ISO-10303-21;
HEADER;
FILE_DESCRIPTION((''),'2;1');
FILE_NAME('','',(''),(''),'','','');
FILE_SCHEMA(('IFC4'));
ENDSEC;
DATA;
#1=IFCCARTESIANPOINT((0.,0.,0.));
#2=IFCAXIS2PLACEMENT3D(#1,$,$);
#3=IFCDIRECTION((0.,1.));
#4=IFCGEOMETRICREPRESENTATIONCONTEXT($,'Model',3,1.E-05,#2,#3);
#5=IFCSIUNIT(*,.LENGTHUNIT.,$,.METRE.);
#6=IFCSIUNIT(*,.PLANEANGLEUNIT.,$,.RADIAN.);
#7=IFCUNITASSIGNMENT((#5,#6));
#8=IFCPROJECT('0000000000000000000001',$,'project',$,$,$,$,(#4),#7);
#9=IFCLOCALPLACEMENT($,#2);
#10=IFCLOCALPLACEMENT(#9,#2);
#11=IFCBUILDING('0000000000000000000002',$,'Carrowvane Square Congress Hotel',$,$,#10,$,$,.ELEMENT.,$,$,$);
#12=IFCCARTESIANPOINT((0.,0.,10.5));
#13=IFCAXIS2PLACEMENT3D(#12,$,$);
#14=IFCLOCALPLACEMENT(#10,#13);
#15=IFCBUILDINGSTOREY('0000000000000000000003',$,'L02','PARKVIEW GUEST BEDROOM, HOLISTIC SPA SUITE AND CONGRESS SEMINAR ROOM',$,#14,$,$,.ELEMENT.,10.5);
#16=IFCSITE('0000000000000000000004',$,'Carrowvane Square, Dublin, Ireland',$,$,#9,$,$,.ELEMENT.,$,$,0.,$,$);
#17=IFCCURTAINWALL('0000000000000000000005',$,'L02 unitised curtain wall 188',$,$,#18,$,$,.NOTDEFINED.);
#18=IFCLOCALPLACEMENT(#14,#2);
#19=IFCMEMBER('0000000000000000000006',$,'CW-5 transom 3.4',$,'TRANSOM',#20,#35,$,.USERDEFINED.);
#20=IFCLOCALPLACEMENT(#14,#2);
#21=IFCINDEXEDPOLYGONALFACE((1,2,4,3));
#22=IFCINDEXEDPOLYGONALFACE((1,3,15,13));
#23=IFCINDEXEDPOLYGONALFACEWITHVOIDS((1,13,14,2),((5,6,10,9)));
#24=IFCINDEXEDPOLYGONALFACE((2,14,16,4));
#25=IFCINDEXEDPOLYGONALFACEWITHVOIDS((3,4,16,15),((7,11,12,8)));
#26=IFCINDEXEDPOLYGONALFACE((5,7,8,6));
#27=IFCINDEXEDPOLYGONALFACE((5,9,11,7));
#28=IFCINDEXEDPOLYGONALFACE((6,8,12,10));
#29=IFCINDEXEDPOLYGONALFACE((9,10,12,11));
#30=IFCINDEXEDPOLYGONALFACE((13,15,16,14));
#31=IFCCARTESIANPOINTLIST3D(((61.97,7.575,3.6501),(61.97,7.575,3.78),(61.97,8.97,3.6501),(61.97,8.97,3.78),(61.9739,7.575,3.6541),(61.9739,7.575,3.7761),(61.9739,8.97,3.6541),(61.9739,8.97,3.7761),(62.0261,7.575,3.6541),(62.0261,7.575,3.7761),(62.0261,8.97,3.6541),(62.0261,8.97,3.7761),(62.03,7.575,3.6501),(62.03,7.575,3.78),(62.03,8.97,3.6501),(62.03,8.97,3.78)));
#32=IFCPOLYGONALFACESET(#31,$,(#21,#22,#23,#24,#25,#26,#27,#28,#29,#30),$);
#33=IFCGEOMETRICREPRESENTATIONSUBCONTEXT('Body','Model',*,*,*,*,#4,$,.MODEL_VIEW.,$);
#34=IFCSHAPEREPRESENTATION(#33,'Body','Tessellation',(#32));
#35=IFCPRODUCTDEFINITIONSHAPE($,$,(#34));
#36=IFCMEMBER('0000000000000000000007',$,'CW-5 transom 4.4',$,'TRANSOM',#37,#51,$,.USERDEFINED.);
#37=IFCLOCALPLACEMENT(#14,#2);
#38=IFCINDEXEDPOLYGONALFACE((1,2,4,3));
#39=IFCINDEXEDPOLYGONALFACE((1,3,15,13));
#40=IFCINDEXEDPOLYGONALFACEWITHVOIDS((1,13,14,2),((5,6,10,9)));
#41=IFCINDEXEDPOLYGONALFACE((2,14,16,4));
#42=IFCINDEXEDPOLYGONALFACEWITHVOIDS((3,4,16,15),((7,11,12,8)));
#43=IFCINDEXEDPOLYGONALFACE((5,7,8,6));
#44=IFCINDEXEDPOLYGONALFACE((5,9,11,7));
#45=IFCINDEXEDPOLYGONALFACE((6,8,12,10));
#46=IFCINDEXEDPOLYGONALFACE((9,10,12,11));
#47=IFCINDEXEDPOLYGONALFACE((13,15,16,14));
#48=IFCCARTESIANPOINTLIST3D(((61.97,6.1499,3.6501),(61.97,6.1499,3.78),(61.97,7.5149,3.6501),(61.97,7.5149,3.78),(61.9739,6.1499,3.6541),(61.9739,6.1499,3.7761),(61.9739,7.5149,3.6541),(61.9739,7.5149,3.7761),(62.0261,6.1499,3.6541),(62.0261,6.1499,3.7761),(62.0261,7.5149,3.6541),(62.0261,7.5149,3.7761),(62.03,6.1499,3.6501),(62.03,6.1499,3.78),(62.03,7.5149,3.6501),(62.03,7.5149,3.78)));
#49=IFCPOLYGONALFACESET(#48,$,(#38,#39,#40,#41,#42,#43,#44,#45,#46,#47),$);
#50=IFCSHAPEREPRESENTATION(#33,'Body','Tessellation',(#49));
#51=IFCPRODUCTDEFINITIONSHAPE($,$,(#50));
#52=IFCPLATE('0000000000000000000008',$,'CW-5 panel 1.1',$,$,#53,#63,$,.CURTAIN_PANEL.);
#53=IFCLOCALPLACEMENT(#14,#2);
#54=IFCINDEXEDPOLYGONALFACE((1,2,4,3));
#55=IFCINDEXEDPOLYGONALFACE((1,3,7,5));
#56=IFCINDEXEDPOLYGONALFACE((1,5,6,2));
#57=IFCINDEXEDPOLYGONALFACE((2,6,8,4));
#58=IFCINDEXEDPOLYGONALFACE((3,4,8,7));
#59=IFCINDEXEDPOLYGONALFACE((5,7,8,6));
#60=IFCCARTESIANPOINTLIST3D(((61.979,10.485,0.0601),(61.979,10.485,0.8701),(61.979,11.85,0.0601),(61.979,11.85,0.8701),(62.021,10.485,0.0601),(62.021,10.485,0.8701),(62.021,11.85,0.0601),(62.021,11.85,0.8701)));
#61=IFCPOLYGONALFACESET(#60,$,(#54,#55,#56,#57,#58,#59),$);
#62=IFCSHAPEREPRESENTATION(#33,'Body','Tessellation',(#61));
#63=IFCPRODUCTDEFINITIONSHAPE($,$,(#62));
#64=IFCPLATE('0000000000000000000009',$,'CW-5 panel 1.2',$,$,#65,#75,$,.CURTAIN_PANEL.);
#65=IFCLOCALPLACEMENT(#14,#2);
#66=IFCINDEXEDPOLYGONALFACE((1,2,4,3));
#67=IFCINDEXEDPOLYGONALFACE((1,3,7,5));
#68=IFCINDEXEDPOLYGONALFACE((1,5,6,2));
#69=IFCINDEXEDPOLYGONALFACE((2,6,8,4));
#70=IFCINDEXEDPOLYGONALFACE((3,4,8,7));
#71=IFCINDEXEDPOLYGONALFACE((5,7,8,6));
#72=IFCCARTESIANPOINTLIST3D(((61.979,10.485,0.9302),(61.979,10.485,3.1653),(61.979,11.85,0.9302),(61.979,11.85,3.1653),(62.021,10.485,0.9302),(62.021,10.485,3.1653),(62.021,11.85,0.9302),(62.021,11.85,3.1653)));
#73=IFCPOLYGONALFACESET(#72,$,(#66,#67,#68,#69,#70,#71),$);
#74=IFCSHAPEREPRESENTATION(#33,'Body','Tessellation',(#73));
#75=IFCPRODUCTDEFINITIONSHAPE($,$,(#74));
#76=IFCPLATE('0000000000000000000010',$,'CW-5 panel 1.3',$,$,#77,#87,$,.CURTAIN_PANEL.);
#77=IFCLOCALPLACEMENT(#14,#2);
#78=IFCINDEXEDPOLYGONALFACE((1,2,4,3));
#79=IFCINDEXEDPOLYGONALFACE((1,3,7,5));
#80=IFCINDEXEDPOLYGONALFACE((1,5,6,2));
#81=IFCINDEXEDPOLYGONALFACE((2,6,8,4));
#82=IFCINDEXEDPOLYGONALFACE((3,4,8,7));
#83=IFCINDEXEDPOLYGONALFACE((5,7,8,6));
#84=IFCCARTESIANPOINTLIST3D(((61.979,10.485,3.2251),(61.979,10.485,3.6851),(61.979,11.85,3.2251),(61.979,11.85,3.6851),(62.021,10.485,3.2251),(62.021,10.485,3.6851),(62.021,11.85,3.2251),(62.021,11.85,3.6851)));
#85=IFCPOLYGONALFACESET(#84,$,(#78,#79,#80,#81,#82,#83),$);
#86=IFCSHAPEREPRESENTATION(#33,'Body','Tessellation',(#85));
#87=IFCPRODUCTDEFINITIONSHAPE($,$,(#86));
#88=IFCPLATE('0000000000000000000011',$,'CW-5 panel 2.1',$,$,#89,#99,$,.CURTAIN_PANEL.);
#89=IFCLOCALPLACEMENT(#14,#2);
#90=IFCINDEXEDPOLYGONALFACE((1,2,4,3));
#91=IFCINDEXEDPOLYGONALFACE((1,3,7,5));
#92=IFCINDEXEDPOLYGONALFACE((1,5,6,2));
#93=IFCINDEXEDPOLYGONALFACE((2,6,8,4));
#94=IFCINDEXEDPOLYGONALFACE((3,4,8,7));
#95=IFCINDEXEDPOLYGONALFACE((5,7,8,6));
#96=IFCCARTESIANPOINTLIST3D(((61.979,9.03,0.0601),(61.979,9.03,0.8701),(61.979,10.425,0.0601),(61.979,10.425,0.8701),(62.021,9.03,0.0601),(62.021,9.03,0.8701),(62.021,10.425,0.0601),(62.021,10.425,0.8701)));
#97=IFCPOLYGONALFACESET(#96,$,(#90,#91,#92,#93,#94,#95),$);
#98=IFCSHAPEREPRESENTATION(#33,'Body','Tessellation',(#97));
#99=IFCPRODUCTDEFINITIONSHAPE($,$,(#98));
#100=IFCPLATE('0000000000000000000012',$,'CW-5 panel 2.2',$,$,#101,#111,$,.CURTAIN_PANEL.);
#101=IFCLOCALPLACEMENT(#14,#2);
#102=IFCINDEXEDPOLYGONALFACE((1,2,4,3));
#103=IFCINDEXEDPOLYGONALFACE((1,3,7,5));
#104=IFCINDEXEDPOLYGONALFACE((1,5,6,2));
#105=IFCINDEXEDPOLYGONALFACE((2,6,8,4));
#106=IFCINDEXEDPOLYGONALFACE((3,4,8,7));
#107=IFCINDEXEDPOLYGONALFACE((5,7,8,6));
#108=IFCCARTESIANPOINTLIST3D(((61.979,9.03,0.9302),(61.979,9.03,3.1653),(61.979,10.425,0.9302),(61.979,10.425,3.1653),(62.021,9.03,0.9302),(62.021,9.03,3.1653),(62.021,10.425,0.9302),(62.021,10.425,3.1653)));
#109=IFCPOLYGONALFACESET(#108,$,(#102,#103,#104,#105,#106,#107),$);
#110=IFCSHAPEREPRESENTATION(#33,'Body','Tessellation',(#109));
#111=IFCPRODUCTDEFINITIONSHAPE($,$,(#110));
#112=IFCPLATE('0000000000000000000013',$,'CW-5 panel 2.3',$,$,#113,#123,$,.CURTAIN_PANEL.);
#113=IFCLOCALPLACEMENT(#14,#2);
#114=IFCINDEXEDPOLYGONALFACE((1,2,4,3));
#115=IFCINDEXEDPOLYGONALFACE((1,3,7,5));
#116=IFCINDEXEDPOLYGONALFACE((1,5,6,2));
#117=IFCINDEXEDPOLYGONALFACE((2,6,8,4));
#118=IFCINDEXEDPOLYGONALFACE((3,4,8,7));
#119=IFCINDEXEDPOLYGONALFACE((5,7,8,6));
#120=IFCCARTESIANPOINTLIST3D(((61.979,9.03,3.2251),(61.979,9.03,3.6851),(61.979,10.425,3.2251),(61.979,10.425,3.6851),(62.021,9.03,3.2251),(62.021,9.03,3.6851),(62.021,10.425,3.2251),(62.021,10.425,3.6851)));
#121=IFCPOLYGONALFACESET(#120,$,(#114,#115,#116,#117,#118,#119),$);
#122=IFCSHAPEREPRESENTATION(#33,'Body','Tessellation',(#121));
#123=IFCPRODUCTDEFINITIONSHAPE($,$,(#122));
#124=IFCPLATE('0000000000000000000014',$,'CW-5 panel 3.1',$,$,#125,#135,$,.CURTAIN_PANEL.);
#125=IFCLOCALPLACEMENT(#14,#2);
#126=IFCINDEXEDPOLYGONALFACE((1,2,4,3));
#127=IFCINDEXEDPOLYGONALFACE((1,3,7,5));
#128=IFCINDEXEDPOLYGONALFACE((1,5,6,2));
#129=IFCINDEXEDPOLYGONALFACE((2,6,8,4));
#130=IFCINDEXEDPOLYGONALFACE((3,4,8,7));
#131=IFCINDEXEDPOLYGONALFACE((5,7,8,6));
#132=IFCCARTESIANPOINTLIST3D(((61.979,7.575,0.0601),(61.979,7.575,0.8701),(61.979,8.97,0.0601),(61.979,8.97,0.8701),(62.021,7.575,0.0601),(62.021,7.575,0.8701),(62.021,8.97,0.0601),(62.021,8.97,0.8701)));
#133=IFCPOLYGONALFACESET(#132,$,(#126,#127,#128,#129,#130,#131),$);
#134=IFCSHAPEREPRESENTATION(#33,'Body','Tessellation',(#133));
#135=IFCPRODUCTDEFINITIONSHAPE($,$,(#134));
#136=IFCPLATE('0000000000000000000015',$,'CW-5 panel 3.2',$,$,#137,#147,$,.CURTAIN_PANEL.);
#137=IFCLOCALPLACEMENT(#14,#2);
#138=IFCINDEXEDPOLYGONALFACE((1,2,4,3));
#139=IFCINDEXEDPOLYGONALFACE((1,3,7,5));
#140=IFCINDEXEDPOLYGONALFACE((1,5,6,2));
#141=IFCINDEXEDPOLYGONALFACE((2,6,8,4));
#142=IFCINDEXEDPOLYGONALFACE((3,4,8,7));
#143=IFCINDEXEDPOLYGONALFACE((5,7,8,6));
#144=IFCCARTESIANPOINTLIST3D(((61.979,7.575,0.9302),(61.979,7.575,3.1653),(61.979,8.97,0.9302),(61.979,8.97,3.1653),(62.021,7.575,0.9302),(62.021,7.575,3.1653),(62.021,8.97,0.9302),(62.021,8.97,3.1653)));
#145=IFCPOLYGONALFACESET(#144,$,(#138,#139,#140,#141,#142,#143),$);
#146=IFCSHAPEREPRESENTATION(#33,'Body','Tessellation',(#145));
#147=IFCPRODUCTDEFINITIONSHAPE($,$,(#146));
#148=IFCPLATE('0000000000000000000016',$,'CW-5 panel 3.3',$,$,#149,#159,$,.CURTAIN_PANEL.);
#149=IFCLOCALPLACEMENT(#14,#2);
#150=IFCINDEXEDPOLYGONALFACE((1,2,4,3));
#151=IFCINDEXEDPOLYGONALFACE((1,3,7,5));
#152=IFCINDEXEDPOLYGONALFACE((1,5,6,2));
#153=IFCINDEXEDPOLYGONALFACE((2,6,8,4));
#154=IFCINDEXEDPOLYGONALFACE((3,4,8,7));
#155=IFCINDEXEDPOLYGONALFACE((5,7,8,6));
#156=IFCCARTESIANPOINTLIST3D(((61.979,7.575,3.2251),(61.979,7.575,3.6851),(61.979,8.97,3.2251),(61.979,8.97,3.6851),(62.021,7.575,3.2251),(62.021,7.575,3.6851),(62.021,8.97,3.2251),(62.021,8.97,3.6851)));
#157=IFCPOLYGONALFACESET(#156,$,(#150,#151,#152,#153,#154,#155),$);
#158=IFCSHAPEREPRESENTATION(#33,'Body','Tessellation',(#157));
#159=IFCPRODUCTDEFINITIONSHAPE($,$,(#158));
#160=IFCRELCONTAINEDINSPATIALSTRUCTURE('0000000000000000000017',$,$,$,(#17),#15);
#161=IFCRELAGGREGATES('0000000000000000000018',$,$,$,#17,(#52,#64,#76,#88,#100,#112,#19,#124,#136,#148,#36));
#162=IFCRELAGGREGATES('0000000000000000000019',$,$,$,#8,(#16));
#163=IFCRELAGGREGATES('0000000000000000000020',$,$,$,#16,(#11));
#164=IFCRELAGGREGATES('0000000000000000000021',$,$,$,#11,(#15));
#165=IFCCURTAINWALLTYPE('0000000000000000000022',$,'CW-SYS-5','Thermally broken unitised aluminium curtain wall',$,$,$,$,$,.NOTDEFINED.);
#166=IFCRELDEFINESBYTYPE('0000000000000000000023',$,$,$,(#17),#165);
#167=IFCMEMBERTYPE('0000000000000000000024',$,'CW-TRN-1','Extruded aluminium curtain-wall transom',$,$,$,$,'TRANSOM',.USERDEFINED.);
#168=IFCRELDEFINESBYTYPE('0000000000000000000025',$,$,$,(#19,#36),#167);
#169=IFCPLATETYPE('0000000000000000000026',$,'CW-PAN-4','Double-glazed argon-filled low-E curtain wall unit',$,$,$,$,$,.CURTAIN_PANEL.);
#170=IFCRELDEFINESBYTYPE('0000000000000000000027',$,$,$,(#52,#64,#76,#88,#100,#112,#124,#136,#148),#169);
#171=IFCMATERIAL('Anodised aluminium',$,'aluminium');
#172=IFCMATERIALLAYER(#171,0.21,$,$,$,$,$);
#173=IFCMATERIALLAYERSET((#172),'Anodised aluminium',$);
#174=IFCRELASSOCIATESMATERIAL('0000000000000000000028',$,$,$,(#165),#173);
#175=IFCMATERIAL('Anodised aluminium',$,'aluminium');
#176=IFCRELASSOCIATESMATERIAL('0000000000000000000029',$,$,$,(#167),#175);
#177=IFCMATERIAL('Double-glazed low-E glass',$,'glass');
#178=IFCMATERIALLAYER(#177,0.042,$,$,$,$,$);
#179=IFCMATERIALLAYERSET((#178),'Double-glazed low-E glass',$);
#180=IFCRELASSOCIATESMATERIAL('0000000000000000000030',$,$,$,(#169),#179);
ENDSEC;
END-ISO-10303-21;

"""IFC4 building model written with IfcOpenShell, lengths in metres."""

from ifc_helpers import new_model, si_unit, direction, frame, origin, origin_2d, place, context, subcontext, project, spatial, rectangle, hollow_rectangle, extrude, material, layer, layer_set, material_profile, profile_set, type_object, element, aggregate, save


model = new_model("IFC4")

# Units and contexts
model_context = context("Model", 3, precision=1e-05, world=origin(), true_north=direction((0.0, 1.0)))
body_context = subcontext(model_context, "Body", "Model", "MODEL_VIEW")
ifc_project = project(units=[si_unit("LENGTHUNIT", "METRE"), si_unit("PLANEANGLEUNIT", "RADIAN")], contexts=[model_context])

# Site, building, storey
site_placement = place(None, origin())
site = spatial("IfcSite", under=ifc_project, at=site_placement, Name="Carrowvane Square, Dublin, Ireland", CompositionType="ELEMENT", RefElevation=0.0)
building_placement = place(site_placement, origin())
building = spatial("IfcBuilding", under=site, at=building_placement, Name="Carrowvane Square Congress Hotel", CompositionType="ELEMENT")
storey_placement = place(building_placement, frame((0.0, 0.0, 10.5)))
storey = spatial("IfcBuildingStorey", under=building, at=storey_placement, Name="L02", Description="PARKVIEW GUEST BEDROOM, HOLISTIC SPA SUITE AND CONGRESS SEMINAR ROOM", CompositionType="ELEMENT", Elevation=10.5)

# Curtain wall, members, plates
ifc_material_1 = material(Name="Anodised aluminium", Category="aluminium")
ifc_layer_1 = layer(ifc_material_1, 0.21)
ifc_layer_set_1 = layer_set([ifc_layer_1], Name="Anodised aluminium")
curtain_wall_type = type_object("IfcCurtainWallType", Name="CW-SYS-5", Description="Thermally broken unitised aluminium curtain wall", PredefinedType="NOTDEFINED", material=ifc_layer_set_1)
curtain_wall_placement = place(storey_placement, origin())
curtain_wall = element("IfcCurtainWall", 1, at=curtain_wall_placement, inside=storey, type_object=curtain_wall_type, Name="L02 unitised curtain wall 188", PredefinedType="NOTDEFINED")
ifc_material_2 = material(Name="Anodised aluminium", Category="aluminium")
ifc_material_profile_1 = material_profile(ifc_material_2, hollow_rectangle(XDim=0.0601, YDim=0.1299, WallThickness=0.0039, at=origin_2d()), Name="CW-TR 60x130x4")
ifc_profile_set_1 = profile_set([ifc_material_profile_1], Name="Anodised aluminium")
member_type_1 = type_object("IfcMemberType", Name="CW-TRN-1", Description="Extruded aluminium curtain-wall transom", ElementType="TRANSOM", PredefinedType="USERDEFINED", material=ifc_profile_set_1)
member_1_placement = place(storey_placement, frame((62.0, 8.97, 3.7151), z_axis=(0.0, -1.0, 0.0), x_axis=(1.0, 0.0, 0.0)))
member_1 = element("IfcMember", 2, at=member_1_placement, type_object=member_type_1, Name="CW-5 transom 3.4", ObjectType="TRANSOM", PredefinedType="USERDEFINED", context=body_context, shape_type="SweptSolid", body=[
    extrude(hollow_rectangle(XDim=0.0601, YDim=0.1299, WallThickness=0.0039, at=origin_2d()), origin(), (0.0, 0.0, 1.0), 1.395),
])
member_2_placement = place(storey_placement, frame((62.0, 7.5149, 3.7151), z_axis=(0.0, -1.0, 0.0), x_axis=(1.0, 0.0, 0.0)))
member_2 = element("IfcMember", 3, at=member_2_placement, type_object=member_type_1, Name="CW-5 transom 4.4", ObjectType="TRANSOM", PredefinedType="USERDEFINED", context=body_context, shape_type="SweptSolid", body=[
    extrude(hollow_rectangle(XDim=0.0601, YDim=0.1299, WallThickness=0.0039, at=origin_2d()), origin(), (0.0, 0.0, 1.0), 1.365),
])
ifc_material_3 = material(Name="Double-glazed low-E glass", Category="glass")
ifc_layer_2 = layer(ifc_material_3, 0.042)
ifc_layer_set_2 = layer_set([ifc_layer_2], Name="Double-glazed low-E glass")
plate_type = type_object("IfcPlateType", Name="CW-PAN-4", Description="Double-glazed argon-filled low-E curtain wall unit", PredefinedType="CURTAIN_PANEL", material=ifc_layer_set_2)
plate_1_placement = place(storey_placement, frame((62.0, 11.1675, 0.0601), z_axis=(0.0, 0.0, 1.0), x_axis=(0.0, -1.0, 0.0)))
plate_1 = element("IfcPlate", 4, at=plate_1_placement, type_object=plate_type, Name="CW-5 panel 1.1", PredefinedType="CURTAIN_PANEL", context=body_context, shape_type="SweptSolid", body=[
    extrude(rectangle(XDim=1.365, YDim=0.042, at=origin_2d()), origin(), (0.0, 0.0, 1.0), 0.8101),
])
plate_2_placement = place(storey_placement, frame((62.0, 11.1675, 0.9302), z_axis=(0.0, 0.0, 1.0), x_axis=(0.0, -1.0, 0.0)))
plate_2 = element("IfcPlate", 5, at=plate_2_placement, type_object=plate_type, Name="CW-5 panel 1.2", PredefinedType="CURTAIN_PANEL", context=body_context, shape_type="SweptSolid", body=[
    extrude(rectangle(XDim=1.365, YDim=0.042, at=origin_2d()), origin(), (0.0, 0.0, 1.0), 2.2351),
])
plate_3_placement = place(storey_placement, frame((62.0, 11.1675, 3.2251), z_axis=(0.0, 0.0, 1.0), x_axis=(0.0, -1.0, 0.0)))
plate_3 = element("IfcPlate", 6, at=plate_3_placement, type_object=plate_type, Name="CW-5 panel 1.3", PredefinedType="CURTAIN_PANEL", context=body_context, shape_type="SweptSolid", body=[
    extrude(rectangle(XDim=1.365, YDim=0.042, at=origin_2d()), origin(), (0.0, 0.0, 1.0), 0.46),
])
plate_4_placement = place(storey_placement, frame((62.0, 9.7275, 0.0601), z_axis=(0.0, 0.0, 1.0), x_axis=(0.0, -1.0, 0.0)))
plate_4 = element("IfcPlate", 7, at=plate_4_placement, type_object=plate_type, Name="CW-5 panel 2.1", PredefinedType="CURTAIN_PANEL", context=body_context, shape_type="SweptSolid", body=[
    extrude(rectangle(XDim=1.395, YDim=0.042, at=origin_2d()), origin(), (0.0, 0.0, 1.0), 0.8101),
])
plate_5_placement = place(storey_placement, frame((62.0, 9.7275, 0.9302), z_axis=(0.0, 0.0, 1.0), x_axis=(0.0, -1.0, 0.0)))
plate_5 = element("IfcPlate", 8, at=plate_5_placement, type_object=plate_type, Name="CW-5 panel 2.2", PredefinedType="CURTAIN_PANEL", context=body_context, shape_type="SweptSolid", body=[
    extrude(rectangle(XDim=1.395, YDim=0.042, at=origin_2d()), origin(), (0.0, 0.0, 1.0), 2.2351),
])
plate_6_placement = place(storey_placement, frame((62.0, 9.7275, 3.2251), z_axis=(0.0, 0.0, 1.0), x_axis=(0.0, -1.0, 0.0)))
plate_6 = element("IfcPlate", 9, at=plate_6_placement, type_object=plate_type, Name="CW-5 panel 2.3", PredefinedType="CURTAIN_PANEL", context=body_context, shape_type="SweptSolid", body=[
    extrude(rectangle(XDim=1.395, YDim=0.042, at=origin_2d()), origin(), (0.0, 0.0, 1.0), 0.46),
])
plate_7_placement = place(storey_placement, frame((62.0, 8.2725, 0.0601), z_axis=(0.0, 0.0, 1.0), x_axis=(0.0, -1.0, 0.0)))
plate_7 = element("IfcPlate", 10, at=plate_7_placement, type_object=plate_type, Name="CW-5 panel 3.1", PredefinedType="CURTAIN_PANEL", context=body_context, shape_type="SweptSolid", body=[
    extrude(rectangle(XDim=1.395, YDim=0.042, at=origin_2d()), origin(), (0.0, 0.0, 1.0), 0.8101),
])
plate_8_placement = place(storey_placement, frame((62.0, 8.2725, 0.9302), z_axis=(0.0, 0.0, 1.0), x_axis=(0.0, -1.0, 0.0)))
plate_8 = element("IfcPlate", 11, at=plate_8_placement, type_object=plate_type, Name="CW-5 panel 3.2", PredefinedType="CURTAIN_PANEL", context=body_context, shape_type="SweptSolid", body=[
    extrude(rectangle(XDim=1.395, YDim=0.042, at=origin_2d()), origin(), (0.0, 0.0, 1.0), 2.2351),
])
plate_9_placement = place(storey_placement, frame((62.0, 8.2725, 3.2251), z_axis=(0.0, 0.0, 1.0), x_axis=(0.0, -1.0, 0.0)))
plate_9 = element("IfcPlate", 12, at=plate_9_placement, type_object=plate_type, Name="CW-5 panel 3.3", PredefinedType="CURTAIN_PANEL", context=body_context, shape_type="SweptSolid", body=[
    extrude(rectangle(XDim=1.395, YDim=0.042, at=origin_2d()), origin(), (0.0, 0.0, 1.0), 0.46),
])
aggregate(curtain_wall, [plate_1, plate_2, plate_3, plate_4, plate_5, plate_6, member_1, plate_7, plate_8, plate_9, member_2])

save(model, "model.ifc")
